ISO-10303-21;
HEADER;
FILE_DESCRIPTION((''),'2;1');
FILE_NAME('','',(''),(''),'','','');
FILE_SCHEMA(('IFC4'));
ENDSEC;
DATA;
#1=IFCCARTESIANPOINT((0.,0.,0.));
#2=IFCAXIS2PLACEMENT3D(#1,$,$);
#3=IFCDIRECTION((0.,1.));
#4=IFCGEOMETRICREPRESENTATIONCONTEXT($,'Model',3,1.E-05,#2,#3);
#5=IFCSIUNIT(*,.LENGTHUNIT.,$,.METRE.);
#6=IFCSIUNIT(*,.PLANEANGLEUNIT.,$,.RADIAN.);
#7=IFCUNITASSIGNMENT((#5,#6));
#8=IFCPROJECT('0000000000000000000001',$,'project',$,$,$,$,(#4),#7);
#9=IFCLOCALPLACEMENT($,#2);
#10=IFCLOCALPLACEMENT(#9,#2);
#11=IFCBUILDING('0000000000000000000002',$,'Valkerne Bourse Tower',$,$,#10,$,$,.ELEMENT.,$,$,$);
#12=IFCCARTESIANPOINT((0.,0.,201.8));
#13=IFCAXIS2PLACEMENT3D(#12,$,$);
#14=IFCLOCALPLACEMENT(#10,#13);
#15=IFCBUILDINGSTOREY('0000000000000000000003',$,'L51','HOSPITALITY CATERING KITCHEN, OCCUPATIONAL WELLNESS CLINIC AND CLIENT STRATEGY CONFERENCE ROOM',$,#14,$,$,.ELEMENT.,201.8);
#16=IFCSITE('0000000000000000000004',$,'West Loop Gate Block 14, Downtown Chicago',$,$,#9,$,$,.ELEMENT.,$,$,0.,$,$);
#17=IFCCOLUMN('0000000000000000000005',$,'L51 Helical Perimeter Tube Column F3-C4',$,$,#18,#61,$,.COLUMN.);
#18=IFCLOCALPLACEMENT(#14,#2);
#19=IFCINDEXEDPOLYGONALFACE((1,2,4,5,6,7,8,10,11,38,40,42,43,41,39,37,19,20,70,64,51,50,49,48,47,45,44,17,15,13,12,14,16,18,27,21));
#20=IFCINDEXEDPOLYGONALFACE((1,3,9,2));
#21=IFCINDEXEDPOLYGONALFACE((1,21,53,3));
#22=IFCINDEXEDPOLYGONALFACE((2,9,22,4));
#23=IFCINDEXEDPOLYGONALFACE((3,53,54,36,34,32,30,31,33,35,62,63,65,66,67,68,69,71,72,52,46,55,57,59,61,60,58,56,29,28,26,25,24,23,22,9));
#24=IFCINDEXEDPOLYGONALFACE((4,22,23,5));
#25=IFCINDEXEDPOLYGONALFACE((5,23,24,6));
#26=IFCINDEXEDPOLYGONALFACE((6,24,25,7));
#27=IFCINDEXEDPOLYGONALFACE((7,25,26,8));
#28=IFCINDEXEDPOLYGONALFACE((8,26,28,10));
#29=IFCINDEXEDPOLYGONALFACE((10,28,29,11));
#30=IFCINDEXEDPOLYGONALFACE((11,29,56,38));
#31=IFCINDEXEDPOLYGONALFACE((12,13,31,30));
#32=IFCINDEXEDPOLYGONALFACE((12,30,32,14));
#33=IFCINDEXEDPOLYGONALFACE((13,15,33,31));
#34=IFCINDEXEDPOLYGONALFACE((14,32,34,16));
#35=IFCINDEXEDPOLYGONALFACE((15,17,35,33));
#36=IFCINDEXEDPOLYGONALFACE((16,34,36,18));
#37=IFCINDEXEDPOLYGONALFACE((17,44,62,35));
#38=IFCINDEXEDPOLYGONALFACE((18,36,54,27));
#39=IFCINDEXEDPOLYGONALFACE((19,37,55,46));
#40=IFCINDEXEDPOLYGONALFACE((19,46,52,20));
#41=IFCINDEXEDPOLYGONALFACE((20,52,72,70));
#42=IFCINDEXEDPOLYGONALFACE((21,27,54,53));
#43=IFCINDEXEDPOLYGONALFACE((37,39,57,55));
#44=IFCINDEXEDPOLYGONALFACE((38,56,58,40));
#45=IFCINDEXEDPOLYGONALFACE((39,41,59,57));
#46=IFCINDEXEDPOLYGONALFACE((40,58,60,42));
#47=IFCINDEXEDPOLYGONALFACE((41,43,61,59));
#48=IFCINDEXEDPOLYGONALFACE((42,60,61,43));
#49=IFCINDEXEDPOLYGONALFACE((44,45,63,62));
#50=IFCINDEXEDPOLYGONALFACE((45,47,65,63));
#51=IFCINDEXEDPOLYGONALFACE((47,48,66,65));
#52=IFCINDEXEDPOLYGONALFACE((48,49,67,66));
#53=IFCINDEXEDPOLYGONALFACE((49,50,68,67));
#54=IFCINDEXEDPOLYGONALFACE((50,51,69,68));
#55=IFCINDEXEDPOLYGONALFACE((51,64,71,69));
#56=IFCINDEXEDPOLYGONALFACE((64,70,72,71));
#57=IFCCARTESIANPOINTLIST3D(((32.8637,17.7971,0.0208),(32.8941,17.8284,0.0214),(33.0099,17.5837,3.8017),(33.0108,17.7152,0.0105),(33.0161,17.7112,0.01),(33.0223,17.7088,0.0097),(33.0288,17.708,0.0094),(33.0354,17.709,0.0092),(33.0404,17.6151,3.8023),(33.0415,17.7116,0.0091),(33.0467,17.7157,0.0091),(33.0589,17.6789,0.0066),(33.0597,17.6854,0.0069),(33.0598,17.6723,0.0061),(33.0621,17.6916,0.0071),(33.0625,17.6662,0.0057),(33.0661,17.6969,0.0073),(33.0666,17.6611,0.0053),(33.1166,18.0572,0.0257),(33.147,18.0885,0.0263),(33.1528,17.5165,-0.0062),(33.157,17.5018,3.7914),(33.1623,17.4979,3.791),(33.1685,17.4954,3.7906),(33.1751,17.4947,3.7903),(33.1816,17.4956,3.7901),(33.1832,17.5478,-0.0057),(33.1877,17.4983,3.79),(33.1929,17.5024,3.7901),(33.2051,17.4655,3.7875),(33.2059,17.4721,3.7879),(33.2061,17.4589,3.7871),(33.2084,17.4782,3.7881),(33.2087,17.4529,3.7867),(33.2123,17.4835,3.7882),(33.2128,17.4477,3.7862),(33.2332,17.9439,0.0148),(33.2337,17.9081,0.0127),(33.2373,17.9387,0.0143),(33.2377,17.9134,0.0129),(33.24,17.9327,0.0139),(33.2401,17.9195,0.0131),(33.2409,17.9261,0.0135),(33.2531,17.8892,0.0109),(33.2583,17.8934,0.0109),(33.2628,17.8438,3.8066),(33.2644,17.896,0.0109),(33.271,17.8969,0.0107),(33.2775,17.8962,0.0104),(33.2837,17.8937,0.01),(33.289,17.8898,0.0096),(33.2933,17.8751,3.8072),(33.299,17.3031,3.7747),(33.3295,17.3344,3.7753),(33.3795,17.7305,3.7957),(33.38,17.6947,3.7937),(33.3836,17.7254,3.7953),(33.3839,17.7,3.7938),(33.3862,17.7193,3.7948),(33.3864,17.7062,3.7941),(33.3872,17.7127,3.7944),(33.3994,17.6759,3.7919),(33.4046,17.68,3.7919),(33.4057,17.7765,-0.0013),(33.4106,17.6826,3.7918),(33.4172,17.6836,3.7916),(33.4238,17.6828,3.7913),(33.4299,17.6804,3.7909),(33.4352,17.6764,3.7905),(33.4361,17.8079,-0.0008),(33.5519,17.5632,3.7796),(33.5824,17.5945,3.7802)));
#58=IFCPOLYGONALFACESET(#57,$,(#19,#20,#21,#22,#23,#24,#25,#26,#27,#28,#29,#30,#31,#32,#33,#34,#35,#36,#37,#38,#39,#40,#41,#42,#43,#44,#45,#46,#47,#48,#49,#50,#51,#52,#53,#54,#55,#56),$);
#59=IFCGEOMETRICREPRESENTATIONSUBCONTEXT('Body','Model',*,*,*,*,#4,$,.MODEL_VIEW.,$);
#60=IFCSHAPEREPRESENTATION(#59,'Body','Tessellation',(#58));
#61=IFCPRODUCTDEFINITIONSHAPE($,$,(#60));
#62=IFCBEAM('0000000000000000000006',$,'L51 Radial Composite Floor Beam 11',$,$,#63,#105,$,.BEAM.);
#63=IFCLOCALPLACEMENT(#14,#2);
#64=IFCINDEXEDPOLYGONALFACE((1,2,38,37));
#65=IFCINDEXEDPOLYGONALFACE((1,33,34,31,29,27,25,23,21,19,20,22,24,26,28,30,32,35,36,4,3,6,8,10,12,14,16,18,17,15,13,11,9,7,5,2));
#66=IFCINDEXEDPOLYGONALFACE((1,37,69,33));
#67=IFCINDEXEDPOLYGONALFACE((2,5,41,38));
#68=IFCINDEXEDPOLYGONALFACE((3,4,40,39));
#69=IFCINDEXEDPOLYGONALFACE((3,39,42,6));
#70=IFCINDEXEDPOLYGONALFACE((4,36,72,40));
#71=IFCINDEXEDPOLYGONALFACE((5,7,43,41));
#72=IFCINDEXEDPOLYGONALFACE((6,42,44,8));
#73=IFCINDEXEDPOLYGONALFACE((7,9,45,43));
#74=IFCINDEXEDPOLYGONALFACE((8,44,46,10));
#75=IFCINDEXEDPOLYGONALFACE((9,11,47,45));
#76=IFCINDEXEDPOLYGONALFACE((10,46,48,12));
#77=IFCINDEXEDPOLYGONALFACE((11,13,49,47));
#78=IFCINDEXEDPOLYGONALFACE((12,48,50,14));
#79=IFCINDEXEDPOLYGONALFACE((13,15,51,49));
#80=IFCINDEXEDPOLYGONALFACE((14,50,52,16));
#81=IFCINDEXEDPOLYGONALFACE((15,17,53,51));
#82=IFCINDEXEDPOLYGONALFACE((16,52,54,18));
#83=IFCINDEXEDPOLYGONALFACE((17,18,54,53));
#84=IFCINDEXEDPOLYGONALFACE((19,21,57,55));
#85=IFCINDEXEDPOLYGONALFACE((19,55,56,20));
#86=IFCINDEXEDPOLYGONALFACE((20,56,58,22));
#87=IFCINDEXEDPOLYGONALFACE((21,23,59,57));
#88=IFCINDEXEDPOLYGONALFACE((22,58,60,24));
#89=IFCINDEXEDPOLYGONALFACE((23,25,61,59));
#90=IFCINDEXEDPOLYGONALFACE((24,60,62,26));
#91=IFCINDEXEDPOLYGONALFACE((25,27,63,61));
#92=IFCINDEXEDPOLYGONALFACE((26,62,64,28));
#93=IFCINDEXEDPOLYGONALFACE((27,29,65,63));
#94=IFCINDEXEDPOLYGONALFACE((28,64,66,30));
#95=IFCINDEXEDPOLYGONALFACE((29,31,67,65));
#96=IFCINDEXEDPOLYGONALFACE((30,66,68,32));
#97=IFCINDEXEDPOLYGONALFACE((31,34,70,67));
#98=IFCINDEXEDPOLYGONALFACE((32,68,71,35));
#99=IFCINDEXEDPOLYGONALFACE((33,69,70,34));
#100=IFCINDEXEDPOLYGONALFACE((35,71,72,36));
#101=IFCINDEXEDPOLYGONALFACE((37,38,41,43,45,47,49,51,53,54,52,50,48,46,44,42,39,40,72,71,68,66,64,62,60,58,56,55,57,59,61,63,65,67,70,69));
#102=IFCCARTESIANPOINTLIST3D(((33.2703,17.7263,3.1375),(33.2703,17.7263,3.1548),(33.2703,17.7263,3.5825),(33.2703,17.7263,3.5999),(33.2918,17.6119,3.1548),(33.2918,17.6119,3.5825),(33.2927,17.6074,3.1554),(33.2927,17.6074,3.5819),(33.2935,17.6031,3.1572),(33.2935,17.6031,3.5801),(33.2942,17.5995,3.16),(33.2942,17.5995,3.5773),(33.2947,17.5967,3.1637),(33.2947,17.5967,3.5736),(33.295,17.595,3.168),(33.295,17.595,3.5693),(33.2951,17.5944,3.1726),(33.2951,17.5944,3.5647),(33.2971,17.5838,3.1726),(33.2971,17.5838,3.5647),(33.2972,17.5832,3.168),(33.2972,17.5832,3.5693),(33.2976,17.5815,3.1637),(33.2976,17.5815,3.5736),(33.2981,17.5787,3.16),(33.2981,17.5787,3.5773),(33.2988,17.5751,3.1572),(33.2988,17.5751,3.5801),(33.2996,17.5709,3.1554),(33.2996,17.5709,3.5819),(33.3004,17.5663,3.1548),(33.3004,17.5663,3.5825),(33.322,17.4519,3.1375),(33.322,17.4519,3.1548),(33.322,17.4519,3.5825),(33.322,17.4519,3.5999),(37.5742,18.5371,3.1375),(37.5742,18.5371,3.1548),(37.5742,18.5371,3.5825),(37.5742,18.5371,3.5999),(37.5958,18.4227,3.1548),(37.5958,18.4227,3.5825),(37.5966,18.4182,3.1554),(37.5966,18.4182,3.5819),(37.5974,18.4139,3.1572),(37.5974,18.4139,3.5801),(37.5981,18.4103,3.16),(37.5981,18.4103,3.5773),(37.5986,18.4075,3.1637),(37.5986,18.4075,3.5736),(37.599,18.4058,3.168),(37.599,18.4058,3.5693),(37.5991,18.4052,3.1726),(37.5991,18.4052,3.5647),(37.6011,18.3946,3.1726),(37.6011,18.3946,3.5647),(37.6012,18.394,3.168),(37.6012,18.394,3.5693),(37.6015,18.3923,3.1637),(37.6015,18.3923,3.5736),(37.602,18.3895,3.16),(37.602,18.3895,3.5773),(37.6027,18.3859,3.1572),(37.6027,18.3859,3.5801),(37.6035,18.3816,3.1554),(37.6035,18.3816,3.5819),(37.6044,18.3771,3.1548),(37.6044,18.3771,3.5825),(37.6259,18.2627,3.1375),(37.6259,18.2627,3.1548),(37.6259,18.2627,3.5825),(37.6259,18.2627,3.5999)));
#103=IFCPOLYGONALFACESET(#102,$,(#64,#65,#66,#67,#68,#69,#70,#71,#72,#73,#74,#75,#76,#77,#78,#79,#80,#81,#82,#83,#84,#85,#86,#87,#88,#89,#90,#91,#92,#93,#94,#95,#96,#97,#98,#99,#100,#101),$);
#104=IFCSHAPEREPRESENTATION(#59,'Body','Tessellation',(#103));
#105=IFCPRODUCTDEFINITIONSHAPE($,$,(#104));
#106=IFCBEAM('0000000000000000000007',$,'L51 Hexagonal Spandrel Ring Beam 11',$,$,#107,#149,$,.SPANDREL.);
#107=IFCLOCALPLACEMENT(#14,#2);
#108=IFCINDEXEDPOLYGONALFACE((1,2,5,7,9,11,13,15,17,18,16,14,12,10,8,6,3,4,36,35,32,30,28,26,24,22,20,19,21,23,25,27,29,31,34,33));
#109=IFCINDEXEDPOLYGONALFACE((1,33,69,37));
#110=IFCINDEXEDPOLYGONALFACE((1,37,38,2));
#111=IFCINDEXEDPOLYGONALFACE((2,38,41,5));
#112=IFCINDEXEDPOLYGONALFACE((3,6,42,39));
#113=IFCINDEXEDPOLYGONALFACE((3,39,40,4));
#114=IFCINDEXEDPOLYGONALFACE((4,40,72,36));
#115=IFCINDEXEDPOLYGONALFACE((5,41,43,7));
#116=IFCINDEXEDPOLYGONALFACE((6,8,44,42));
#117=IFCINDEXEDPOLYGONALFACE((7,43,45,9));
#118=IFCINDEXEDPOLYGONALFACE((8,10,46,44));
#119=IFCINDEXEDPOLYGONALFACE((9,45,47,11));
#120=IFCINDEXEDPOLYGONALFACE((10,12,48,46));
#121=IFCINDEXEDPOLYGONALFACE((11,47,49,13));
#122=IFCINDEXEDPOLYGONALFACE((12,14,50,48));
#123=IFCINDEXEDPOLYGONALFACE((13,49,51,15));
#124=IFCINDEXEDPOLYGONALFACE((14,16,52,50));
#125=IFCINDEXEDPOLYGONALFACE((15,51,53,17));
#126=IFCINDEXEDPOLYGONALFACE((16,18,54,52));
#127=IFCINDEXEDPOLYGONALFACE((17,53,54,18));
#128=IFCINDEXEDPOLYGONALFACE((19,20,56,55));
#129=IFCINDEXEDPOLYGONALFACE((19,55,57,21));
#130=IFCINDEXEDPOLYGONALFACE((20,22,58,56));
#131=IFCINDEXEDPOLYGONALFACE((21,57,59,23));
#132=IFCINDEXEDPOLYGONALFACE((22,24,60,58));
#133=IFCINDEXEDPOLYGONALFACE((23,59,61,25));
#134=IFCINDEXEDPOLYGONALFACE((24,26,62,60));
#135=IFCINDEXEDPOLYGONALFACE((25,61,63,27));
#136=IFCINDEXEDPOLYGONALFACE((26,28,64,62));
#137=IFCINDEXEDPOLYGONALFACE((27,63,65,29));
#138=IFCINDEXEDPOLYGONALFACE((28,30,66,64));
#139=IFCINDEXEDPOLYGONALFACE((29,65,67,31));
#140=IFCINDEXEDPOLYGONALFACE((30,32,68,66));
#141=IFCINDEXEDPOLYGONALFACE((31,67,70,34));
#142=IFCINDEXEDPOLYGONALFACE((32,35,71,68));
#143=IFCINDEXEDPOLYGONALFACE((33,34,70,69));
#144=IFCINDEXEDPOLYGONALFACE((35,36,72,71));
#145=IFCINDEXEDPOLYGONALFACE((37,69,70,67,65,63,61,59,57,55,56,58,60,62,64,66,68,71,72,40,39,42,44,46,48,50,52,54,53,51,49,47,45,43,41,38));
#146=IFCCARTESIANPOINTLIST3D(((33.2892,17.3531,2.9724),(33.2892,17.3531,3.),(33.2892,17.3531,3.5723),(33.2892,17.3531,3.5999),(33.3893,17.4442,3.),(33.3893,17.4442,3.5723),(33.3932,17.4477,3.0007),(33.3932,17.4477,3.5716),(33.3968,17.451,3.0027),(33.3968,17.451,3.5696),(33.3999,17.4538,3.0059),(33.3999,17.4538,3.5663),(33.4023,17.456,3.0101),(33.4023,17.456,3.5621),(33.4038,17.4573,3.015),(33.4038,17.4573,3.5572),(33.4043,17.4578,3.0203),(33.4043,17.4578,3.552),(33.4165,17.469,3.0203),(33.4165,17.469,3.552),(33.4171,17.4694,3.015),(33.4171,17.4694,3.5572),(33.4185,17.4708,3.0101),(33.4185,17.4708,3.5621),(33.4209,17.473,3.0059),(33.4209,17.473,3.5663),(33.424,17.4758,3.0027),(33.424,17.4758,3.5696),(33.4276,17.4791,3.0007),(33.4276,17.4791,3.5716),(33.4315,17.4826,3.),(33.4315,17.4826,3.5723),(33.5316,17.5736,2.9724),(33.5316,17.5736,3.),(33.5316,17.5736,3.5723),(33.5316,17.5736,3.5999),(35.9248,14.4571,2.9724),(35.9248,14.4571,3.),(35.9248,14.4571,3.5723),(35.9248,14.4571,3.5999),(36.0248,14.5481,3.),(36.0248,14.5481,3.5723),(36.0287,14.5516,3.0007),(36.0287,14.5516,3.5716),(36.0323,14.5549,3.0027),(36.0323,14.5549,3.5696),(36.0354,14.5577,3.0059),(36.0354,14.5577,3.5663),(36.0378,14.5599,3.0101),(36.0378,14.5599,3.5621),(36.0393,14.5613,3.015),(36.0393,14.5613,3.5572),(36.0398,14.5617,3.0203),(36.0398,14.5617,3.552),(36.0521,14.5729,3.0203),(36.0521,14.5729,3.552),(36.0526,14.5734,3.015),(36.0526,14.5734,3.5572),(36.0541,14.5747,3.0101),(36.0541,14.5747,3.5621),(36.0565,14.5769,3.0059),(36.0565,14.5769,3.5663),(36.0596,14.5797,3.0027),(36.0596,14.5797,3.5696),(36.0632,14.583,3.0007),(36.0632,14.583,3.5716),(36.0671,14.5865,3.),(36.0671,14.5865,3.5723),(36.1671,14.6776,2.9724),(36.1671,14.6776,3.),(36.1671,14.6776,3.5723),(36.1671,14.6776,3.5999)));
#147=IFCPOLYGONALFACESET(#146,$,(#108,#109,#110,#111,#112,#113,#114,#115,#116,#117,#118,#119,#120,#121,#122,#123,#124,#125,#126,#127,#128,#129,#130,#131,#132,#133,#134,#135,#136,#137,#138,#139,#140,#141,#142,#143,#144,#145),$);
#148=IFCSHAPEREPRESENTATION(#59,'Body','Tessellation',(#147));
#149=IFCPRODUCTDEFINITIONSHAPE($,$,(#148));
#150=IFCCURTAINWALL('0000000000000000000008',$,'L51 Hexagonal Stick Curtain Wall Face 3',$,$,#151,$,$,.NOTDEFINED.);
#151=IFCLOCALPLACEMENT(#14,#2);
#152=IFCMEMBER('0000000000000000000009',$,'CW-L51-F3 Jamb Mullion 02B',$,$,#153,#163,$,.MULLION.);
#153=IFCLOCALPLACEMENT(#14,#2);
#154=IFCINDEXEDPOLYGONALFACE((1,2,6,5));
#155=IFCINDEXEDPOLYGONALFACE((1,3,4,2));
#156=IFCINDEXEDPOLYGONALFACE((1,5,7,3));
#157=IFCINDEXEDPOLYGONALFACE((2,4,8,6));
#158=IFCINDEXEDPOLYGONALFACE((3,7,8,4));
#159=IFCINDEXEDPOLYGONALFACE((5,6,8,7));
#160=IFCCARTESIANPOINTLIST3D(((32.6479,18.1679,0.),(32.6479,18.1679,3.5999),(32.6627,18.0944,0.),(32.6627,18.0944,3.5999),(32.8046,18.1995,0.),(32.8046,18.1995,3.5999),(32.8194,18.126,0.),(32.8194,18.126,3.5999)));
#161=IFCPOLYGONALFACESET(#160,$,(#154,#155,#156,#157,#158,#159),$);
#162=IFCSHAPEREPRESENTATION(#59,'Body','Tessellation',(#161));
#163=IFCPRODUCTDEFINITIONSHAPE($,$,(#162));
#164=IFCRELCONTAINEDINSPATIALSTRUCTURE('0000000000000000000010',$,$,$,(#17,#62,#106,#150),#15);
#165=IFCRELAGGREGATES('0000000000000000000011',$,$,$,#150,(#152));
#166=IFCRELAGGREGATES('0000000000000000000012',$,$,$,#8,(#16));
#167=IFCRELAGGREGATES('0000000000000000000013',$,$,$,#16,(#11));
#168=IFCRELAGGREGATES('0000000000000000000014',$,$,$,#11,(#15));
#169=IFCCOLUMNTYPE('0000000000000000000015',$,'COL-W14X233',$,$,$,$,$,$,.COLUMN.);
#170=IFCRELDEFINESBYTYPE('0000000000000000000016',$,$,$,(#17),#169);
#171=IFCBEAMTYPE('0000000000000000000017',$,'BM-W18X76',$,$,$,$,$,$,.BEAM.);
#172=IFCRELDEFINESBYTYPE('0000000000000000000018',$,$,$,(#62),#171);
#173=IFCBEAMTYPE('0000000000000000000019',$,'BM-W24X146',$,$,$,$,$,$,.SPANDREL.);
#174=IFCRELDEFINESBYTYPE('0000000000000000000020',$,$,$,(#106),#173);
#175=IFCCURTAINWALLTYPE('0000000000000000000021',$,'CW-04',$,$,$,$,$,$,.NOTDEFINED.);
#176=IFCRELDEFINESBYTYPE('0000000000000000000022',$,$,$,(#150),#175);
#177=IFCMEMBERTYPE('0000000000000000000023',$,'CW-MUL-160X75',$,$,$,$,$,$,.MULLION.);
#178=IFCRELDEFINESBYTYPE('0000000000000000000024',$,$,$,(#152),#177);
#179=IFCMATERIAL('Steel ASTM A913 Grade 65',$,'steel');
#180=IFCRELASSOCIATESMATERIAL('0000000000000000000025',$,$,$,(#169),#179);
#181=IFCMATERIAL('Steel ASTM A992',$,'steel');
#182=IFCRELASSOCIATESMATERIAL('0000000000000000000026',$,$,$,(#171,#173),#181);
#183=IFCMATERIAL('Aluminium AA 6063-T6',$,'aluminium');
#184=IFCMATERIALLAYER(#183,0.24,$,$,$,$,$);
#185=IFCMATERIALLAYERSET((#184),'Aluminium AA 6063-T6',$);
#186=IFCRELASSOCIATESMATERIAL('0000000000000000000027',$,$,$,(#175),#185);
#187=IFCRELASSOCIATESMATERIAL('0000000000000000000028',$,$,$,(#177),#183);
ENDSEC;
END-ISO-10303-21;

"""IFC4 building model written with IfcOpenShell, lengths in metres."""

from ifc_helpers import new_model, si_unit, direction, frame, origin, origin_2d, place, context, subcontext, project, spatial, rectangle, i_section, extrude, material, layer, layer_set, material_profile, profile_set, type_object, element, aggregate, save


model = new_model("IFC4")

# Units and contexts
model_context = context("Model", 3, precision=1e-05, world=origin(), true_north=direction((0.0, 1.0)))
body_context = subcontext(model_context, "Body", "Model", "MODEL_VIEW")
ifc_project = project(units=[si_unit("LENGTHUNIT", "METRE"), si_unit("PLANEANGLEUNIT", "RADIAN")], contexts=[model_context])

# Site, building, storey
site_placement = place(None, origin())
site = spatial("IfcSite", under=ifc_project, at=site_placement, Name="West Loop Gate Block 14, Downtown Chicago", CompositionType="ELEMENT", RefElevation=0.0)
building_placement = place(site_placement, origin())
building = spatial("IfcBuilding", under=site, at=building_placement, Name="Valkerne Bourse Tower", CompositionType="ELEMENT")
storey_placement = place(building_placement, frame((0.0, 0.0, 201.8)))
storey = spatial("IfcBuildingStorey", under=building, at=storey_placement, Name="L51", Description="HOSPITALITY CATERING KITCHEN, OCCUPATIONAL WELLNESS CLINIC AND CLIENT STRATEGY CONFERENCE ROOM", CompositionType="ELEMENT", Elevation=201.8)

# Column
ifc_material_1 = material(Name="Steel ASTM A913 Grade 65", Category="steel")
ifc_material_profile_1 = material_profile(ifc_material_1, i_section(OverallWidth=0.4038, OverallDepth=0.4065, WebThickness=0.0271, FlangeThickness=0.0437, FilletRadius=0.0254, at=origin_2d()), Name="W14X233")
ifc_profile_set_1 = profile_set([ifc_material_profile_1], Name="Steel ASTM A913 Grade 65")
column_type = type_object("IfcColumnType", Name="COL-W14X233", PredefinedType="COLUMN", material=ifc_profile_set_1)
column_placement = place(storey_placement, frame((33.1499, 17.8025, 0.01), z_axis=(0.038587, -0.056303, 0.997668), x_axis=(0.715922, -0.694967, -0.06691)))
element("IfcColumn", 1, at=column_placement, inside=storey, type_object=column_type, Name="L51 Helical Perimeter Tube Column F3-C4", PredefinedType="COLUMN", context=body_context, shape_type="SweptSolid", body=[
    extrude(i_section(OverallWidth=0.4038, OverallDepth=0.4065, WebThickness=0.0271, FlangeThickness=0.0437, FilletRadius=0.0254, at=origin_2d()), origin(), (0.0, 0.0, 1.0), 3.7898),
])

# Beams
ifc_material_2 = material(Name="Steel ASTM A992", Category="steel")
ifc_material_profile_2 = material_profile(ifc_material_2, i_section(OverallWidth=0.2793, OverallDepth=0.4624, WebThickness=0.0107, FlangeThickness=0.0173, FilletRadius=0.0178, at=origin_2d()), Name="W18X76")
ifc_profile_set_2 = profile_set([ifc_material_profile_2], Name="Steel ASTM A992")
beam_type_1 = type_object("IfcBeamType", Name="BM-W18X76", PredefinedType="BEAM", material=ifc_profile_set_2)
beam_1_placement = place(storey_placement, frame((33.2961, 17.5891, 3.3687), z_axis=(0.982715, 0.185127, 0.0), x_axis=(-0.185127, 0.982715, 0.0)))
element("IfcBeam", 2, at=beam_1_placement, inside=storey, type_object=beam_type_1, Name="L51 Radial Composite Floor Beam 11", PredefinedType="BEAM", context=body_context, shape_type="SweptSolid", body=[
    extrude(i_section(OverallWidth=0.2793, OverallDepth=0.4624, WebThickness=0.0107, FlangeThickness=0.0173, FilletRadius=0.0178, at=origin_2d()), origin(), (0.0, 0.0, 1.0), 4.3796),
])
ifc_material_profile_3 = material_profile(ifc_material_2, i_section(OverallWidth=0.3276, OverallDepth=0.6274, WebThickness=0.0166, FlangeThickness=0.0276, FilletRadius=0.0203, at=origin_2d()), Name="W24X146")
ifc_profile_set_3 = profile_set([ifc_material_profile_3], Name="Steel ASTM A992")
beam_type_2 = type_object("IfcBeamType", Name="BM-W24X146", PredefinedType="SPANDREL", material=ifc_profile_set_3)
beam_2_placement = place(storey_placement, frame((33.4104, 17.4634, 3.2861), z_axis=(0.673061, -0.739587, 0.0), x_axis=(0.739587, 0.673061, 0.0)))
element("IfcBeam", 3, at=beam_2_placement, inside=storey, type_object=beam_type_2, Name="L51 Hexagonal Spandrel Ring Beam 11", PredefinedType="SPANDREL", context=body_context, shape_type="SweptSolid", body=[
    extrude(i_section(OverallWidth=0.3276, OverallDepth=0.6274, WebThickness=0.0166, FlangeThickness=0.0276, FilletRadius=0.0203, at=origin_2d()), origin(), (0.0, 0.0, 1.0), 3.9158),
])

# Curtain wall, member
ifc_material_3 = material(Name="Aluminium AA 6063-T6", Category="aluminium")
ifc_layer_1 = layer(ifc_material_3, 0.24)
ifc_layer_set_1 = layer_set([ifc_layer_1], Name="Aluminium AA 6063-T6")
curtain_wall_type = type_object("IfcCurtainWallType", Name="CW-04", PredefinedType="NOTDEFINED", material=ifc_layer_set_1)
curtain_wall_placement = place(storey_placement, origin())
curtain_wall = element("IfcCurtainWall", 4, at=curtain_wall_placement, inside=storey, type_object=curtain_wall_type, Name="L51 Hexagonal Stick Curtain Wall Face 3", PredefinedType="NOTDEFINED")
ifc_material_profile_4 = material_profile(ifc_material_3, rectangle(XDim=0.075, YDim=0.1599, at=origin_2d()), Name="CWM-75X160")
ifc_profile_set_4 = profile_set([ifc_material_profile_4], Name="Aluminium AA 6063-T6")
member_type_1 = type_object("IfcMemberType", Name="CW-MUL-160X75", PredefinedType="MULLION", material=ifc_profile_set_4)
member_1_placement = place(storey_placement, frame((32.7336, 18.147, 0.0), z_axis=(0.0, 0.0, 1.0), x_axis=(0.19765, -0.980273, 0.0)))
member_1 = element("IfcMember", 5, at=member_1_placement, type_object=member_type_1, Name="CW-L51-F3 Jamb Mullion 02B", PredefinedType="MULLION", context=body_context, shape_type="SweptSolid", body=[
    extrude(rectangle(XDim=0.075, YDim=0.1599, at=origin_2d()), origin(), (0.0, 0.0, 1.0), 3.5999),
])
aggregate(curtain_wall, [member_1])

save(model, "model.ifc")
